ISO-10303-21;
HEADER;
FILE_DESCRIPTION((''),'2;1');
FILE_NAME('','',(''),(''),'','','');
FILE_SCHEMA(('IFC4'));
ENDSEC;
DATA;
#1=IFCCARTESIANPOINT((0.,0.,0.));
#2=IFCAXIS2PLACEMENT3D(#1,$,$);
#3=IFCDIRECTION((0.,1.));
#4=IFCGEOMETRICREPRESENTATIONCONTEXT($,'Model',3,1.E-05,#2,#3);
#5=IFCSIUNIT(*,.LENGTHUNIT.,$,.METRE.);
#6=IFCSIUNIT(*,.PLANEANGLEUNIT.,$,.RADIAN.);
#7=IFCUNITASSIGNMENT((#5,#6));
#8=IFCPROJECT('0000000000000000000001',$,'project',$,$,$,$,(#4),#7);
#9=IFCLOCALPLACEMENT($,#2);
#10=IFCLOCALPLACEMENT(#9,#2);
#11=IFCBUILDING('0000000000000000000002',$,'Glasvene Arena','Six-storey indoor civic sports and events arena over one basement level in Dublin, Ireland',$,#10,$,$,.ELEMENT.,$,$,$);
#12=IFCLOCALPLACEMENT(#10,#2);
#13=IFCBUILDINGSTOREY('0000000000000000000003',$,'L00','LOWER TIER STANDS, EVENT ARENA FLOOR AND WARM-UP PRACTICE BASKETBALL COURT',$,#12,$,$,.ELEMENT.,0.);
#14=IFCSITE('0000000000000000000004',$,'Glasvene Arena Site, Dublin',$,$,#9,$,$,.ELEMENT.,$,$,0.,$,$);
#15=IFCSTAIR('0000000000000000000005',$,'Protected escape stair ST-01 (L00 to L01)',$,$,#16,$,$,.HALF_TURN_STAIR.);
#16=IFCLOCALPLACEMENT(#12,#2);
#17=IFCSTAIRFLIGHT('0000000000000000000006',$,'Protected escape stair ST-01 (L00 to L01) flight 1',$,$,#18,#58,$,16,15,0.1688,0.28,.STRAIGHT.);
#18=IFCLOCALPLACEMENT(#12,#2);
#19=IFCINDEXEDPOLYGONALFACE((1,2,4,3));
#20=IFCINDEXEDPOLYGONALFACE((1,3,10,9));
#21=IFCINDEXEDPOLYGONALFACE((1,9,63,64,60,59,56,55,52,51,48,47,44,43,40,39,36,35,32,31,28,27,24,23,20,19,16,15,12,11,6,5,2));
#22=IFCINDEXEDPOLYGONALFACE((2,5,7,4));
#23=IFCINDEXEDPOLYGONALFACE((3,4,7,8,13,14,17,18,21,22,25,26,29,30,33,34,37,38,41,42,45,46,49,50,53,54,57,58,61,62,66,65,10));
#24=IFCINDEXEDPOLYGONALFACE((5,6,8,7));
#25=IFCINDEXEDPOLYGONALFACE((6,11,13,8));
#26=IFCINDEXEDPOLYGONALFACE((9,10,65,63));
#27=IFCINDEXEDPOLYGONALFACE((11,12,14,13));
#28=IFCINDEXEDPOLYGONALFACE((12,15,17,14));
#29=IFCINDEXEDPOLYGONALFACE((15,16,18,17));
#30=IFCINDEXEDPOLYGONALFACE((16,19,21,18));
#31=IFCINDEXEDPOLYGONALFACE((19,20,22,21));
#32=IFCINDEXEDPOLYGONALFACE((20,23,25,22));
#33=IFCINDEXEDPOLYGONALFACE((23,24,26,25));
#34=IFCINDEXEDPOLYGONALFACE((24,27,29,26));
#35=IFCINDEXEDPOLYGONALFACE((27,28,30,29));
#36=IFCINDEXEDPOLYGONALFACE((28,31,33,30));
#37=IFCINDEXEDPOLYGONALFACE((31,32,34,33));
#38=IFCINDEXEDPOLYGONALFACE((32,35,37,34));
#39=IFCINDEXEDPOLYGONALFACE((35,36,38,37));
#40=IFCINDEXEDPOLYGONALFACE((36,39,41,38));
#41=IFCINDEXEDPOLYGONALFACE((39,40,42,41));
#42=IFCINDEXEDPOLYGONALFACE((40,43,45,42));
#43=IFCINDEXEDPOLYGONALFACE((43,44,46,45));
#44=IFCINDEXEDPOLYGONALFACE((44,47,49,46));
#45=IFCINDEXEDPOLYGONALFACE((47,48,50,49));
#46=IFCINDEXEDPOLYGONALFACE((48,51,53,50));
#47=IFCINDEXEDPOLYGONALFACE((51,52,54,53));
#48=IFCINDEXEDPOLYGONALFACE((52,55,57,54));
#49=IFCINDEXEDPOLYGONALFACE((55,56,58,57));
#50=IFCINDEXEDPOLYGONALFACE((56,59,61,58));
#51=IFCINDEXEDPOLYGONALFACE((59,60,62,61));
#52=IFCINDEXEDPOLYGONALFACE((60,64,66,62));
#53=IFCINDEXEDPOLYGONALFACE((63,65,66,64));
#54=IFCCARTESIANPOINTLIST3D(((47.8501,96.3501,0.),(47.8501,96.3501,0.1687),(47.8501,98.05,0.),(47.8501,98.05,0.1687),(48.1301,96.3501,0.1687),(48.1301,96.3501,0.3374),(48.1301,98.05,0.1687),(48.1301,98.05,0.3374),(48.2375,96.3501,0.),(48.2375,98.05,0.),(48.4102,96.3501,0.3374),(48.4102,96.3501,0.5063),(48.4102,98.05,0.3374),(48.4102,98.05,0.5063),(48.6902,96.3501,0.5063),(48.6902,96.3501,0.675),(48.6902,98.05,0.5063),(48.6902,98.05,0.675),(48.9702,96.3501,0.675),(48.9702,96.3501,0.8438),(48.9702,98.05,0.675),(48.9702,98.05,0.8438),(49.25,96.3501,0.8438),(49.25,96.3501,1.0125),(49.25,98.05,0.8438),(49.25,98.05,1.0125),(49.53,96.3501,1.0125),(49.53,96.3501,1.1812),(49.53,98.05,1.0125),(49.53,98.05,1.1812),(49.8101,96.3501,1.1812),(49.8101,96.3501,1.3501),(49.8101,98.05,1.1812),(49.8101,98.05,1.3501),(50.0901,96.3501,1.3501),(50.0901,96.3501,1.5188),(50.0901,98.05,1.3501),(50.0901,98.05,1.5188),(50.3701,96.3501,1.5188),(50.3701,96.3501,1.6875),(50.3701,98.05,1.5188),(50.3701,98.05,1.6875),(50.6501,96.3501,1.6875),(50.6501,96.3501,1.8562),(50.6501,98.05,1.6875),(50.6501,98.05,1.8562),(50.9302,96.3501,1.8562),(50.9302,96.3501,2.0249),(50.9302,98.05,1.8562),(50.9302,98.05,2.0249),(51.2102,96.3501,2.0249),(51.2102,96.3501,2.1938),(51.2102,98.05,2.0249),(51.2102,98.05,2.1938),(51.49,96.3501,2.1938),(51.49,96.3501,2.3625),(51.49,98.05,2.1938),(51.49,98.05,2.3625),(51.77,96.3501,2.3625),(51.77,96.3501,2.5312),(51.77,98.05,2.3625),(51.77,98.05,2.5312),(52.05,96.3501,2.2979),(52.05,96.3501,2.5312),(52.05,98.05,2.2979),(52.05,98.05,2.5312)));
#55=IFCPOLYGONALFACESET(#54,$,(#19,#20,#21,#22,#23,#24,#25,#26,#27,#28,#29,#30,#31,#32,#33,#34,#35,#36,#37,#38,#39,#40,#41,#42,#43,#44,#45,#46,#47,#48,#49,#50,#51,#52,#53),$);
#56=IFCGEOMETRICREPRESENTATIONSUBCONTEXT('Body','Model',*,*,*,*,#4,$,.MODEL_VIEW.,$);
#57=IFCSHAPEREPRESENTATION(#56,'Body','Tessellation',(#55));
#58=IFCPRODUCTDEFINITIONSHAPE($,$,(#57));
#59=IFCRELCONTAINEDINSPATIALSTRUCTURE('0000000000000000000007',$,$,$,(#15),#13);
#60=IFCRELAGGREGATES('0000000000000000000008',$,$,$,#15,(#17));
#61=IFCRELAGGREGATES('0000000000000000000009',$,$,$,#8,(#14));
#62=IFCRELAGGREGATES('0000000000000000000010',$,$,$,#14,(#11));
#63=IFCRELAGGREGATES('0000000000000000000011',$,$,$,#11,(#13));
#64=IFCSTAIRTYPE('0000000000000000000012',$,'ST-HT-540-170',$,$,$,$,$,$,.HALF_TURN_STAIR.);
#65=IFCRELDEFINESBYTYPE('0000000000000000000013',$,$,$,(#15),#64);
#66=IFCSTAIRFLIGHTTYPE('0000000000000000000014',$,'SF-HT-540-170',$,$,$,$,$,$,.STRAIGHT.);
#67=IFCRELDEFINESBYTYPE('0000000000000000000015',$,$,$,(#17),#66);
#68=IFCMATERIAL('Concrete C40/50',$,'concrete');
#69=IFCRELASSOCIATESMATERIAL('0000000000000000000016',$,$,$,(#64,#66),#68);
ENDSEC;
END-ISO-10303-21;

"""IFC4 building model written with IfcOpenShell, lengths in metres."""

from ifc_helpers import new_model, si_unit, direction, frame, origin, place, context, subcontext, project, spatial, polyline, outline, extrude, material, type_object, element, aggregate, save


model = new_model("IFC4")

# Units and contexts
model_context = context("Model", 3, precision=1e-05, world=origin(), true_north=direction((0.0, 1.0)))
body_context = subcontext(model_context, "Body", "Model", "MODEL_VIEW")
ifc_project = project(units=[si_unit("LENGTHUNIT", "METRE"), si_unit("PLANEANGLEUNIT", "RADIAN")], contexts=[model_context])

# Site, building, storey
site_placement = place(None, origin())
site = spatial("IfcSite", under=ifc_project, at=site_placement, Name="Glasvene Arena Site, Dublin", CompositionType="ELEMENT", RefElevation=0.0)
building_placement = place(site_placement, origin())
building = spatial("IfcBuilding", under=site, at=building_placement, Name="Glasvene Arena", Description="Six-storey indoor civic sports and events arena over one basement level in Dublin, Ireland", CompositionType="ELEMENT")
storey_placement = place(building_placement, origin())
storey = spatial("IfcBuildingStorey", under=building, at=storey_placement, Name="L00", Description="LOWER TIER STANDS, EVENT ARENA FLOOR AND WARM-UP PRACTICE BASKETBALL COURT", CompositionType="ELEMENT", Elevation=0.0)

# Shared definitions
ifc_material_1 = material(Name="Concrete C40/50", Category="concrete")

# Stair, stair flight
stair_type = type_object("IfcStairType", Name="ST-HT-540-170", PredefinedType="HALF_TURN_STAIR", material=ifc_material_1)
stair_placement = place(storey_placement, origin())
stair = element("IfcStair", 1, at=stair_placement, inside=storey, type_object=stair_type, Name="Protected escape stair ST-01 (L00 to L01)", PredefinedType="HALF_TURN_STAIR")
stair_flight_type = type_object("IfcStairFlightType", Name="SF-HT-540-170", PredefinedType="STRAIGHT", material=ifc_material_1)
stair_flight_placement = place(storey_placement, frame((47.8501, 97.2, 0.0), z_axis=(0.0, 0.0, 1.0), x_axis=(1.0, 0.0, 0.0)))
stair_flight = element("IfcStairFlight", 2, at=stair_flight_placement, type_object=stair_flight_type, Name="Protected escape stair ST-01 (L00 to L01) flight 1", NumberOfRisers=16, NumberOfTreads=15, PredefinedType="STRAIGHT", RiserHeight=0.1688, TreadLength=0.28, context=body_context, shape_type="SweptSolid", body=[
    extrude(outline(polyline([(0.0, 0.0), (0.0, 0.1687), (0.28, 0.1687), (0.28, 0.3374), (0.5601, 0.3374), (0.5601, 0.5063), (0.8401, 0.5063), (0.8401, 0.675), (1.1201, 0.675), (1.1201, 0.8438), (1.3999, 0.8438), (1.3999, 1.0125), (1.6799, 1.0125), (1.6799, 1.1812), (1.96, 1.1812), (1.96, 1.3501), (2.24, 1.3501), (2.24, 1.5188), (2.52, 1.5188), (2.52, 1.6875), (2.8, 1.6875), (2.8, 1.8562), (3.0801, 1.8562), (3.0801, 2.0249), (3.3601, 2.0249), (3.3601, 2.1938), (3.6399, 2.1938), (3.6399, 2.3625), (3.9199, 2.3625), (3.9199, 2.5312), (4.2, 2.5312), (4.2, 2.7), (4.2, 2.2979), (0.3875, 0.0), (0.0, 0.0)])), frame((0.0, 0.8501, 0.0), z_axis=(0.0, -1.0, 0.0), x_axis=(1.0, 0.0, 0.0)), (0.0, 0.0, 1.0), 1.7),
])
aggregate(stair, [stair_flight])

save(model, "model.ifc")
